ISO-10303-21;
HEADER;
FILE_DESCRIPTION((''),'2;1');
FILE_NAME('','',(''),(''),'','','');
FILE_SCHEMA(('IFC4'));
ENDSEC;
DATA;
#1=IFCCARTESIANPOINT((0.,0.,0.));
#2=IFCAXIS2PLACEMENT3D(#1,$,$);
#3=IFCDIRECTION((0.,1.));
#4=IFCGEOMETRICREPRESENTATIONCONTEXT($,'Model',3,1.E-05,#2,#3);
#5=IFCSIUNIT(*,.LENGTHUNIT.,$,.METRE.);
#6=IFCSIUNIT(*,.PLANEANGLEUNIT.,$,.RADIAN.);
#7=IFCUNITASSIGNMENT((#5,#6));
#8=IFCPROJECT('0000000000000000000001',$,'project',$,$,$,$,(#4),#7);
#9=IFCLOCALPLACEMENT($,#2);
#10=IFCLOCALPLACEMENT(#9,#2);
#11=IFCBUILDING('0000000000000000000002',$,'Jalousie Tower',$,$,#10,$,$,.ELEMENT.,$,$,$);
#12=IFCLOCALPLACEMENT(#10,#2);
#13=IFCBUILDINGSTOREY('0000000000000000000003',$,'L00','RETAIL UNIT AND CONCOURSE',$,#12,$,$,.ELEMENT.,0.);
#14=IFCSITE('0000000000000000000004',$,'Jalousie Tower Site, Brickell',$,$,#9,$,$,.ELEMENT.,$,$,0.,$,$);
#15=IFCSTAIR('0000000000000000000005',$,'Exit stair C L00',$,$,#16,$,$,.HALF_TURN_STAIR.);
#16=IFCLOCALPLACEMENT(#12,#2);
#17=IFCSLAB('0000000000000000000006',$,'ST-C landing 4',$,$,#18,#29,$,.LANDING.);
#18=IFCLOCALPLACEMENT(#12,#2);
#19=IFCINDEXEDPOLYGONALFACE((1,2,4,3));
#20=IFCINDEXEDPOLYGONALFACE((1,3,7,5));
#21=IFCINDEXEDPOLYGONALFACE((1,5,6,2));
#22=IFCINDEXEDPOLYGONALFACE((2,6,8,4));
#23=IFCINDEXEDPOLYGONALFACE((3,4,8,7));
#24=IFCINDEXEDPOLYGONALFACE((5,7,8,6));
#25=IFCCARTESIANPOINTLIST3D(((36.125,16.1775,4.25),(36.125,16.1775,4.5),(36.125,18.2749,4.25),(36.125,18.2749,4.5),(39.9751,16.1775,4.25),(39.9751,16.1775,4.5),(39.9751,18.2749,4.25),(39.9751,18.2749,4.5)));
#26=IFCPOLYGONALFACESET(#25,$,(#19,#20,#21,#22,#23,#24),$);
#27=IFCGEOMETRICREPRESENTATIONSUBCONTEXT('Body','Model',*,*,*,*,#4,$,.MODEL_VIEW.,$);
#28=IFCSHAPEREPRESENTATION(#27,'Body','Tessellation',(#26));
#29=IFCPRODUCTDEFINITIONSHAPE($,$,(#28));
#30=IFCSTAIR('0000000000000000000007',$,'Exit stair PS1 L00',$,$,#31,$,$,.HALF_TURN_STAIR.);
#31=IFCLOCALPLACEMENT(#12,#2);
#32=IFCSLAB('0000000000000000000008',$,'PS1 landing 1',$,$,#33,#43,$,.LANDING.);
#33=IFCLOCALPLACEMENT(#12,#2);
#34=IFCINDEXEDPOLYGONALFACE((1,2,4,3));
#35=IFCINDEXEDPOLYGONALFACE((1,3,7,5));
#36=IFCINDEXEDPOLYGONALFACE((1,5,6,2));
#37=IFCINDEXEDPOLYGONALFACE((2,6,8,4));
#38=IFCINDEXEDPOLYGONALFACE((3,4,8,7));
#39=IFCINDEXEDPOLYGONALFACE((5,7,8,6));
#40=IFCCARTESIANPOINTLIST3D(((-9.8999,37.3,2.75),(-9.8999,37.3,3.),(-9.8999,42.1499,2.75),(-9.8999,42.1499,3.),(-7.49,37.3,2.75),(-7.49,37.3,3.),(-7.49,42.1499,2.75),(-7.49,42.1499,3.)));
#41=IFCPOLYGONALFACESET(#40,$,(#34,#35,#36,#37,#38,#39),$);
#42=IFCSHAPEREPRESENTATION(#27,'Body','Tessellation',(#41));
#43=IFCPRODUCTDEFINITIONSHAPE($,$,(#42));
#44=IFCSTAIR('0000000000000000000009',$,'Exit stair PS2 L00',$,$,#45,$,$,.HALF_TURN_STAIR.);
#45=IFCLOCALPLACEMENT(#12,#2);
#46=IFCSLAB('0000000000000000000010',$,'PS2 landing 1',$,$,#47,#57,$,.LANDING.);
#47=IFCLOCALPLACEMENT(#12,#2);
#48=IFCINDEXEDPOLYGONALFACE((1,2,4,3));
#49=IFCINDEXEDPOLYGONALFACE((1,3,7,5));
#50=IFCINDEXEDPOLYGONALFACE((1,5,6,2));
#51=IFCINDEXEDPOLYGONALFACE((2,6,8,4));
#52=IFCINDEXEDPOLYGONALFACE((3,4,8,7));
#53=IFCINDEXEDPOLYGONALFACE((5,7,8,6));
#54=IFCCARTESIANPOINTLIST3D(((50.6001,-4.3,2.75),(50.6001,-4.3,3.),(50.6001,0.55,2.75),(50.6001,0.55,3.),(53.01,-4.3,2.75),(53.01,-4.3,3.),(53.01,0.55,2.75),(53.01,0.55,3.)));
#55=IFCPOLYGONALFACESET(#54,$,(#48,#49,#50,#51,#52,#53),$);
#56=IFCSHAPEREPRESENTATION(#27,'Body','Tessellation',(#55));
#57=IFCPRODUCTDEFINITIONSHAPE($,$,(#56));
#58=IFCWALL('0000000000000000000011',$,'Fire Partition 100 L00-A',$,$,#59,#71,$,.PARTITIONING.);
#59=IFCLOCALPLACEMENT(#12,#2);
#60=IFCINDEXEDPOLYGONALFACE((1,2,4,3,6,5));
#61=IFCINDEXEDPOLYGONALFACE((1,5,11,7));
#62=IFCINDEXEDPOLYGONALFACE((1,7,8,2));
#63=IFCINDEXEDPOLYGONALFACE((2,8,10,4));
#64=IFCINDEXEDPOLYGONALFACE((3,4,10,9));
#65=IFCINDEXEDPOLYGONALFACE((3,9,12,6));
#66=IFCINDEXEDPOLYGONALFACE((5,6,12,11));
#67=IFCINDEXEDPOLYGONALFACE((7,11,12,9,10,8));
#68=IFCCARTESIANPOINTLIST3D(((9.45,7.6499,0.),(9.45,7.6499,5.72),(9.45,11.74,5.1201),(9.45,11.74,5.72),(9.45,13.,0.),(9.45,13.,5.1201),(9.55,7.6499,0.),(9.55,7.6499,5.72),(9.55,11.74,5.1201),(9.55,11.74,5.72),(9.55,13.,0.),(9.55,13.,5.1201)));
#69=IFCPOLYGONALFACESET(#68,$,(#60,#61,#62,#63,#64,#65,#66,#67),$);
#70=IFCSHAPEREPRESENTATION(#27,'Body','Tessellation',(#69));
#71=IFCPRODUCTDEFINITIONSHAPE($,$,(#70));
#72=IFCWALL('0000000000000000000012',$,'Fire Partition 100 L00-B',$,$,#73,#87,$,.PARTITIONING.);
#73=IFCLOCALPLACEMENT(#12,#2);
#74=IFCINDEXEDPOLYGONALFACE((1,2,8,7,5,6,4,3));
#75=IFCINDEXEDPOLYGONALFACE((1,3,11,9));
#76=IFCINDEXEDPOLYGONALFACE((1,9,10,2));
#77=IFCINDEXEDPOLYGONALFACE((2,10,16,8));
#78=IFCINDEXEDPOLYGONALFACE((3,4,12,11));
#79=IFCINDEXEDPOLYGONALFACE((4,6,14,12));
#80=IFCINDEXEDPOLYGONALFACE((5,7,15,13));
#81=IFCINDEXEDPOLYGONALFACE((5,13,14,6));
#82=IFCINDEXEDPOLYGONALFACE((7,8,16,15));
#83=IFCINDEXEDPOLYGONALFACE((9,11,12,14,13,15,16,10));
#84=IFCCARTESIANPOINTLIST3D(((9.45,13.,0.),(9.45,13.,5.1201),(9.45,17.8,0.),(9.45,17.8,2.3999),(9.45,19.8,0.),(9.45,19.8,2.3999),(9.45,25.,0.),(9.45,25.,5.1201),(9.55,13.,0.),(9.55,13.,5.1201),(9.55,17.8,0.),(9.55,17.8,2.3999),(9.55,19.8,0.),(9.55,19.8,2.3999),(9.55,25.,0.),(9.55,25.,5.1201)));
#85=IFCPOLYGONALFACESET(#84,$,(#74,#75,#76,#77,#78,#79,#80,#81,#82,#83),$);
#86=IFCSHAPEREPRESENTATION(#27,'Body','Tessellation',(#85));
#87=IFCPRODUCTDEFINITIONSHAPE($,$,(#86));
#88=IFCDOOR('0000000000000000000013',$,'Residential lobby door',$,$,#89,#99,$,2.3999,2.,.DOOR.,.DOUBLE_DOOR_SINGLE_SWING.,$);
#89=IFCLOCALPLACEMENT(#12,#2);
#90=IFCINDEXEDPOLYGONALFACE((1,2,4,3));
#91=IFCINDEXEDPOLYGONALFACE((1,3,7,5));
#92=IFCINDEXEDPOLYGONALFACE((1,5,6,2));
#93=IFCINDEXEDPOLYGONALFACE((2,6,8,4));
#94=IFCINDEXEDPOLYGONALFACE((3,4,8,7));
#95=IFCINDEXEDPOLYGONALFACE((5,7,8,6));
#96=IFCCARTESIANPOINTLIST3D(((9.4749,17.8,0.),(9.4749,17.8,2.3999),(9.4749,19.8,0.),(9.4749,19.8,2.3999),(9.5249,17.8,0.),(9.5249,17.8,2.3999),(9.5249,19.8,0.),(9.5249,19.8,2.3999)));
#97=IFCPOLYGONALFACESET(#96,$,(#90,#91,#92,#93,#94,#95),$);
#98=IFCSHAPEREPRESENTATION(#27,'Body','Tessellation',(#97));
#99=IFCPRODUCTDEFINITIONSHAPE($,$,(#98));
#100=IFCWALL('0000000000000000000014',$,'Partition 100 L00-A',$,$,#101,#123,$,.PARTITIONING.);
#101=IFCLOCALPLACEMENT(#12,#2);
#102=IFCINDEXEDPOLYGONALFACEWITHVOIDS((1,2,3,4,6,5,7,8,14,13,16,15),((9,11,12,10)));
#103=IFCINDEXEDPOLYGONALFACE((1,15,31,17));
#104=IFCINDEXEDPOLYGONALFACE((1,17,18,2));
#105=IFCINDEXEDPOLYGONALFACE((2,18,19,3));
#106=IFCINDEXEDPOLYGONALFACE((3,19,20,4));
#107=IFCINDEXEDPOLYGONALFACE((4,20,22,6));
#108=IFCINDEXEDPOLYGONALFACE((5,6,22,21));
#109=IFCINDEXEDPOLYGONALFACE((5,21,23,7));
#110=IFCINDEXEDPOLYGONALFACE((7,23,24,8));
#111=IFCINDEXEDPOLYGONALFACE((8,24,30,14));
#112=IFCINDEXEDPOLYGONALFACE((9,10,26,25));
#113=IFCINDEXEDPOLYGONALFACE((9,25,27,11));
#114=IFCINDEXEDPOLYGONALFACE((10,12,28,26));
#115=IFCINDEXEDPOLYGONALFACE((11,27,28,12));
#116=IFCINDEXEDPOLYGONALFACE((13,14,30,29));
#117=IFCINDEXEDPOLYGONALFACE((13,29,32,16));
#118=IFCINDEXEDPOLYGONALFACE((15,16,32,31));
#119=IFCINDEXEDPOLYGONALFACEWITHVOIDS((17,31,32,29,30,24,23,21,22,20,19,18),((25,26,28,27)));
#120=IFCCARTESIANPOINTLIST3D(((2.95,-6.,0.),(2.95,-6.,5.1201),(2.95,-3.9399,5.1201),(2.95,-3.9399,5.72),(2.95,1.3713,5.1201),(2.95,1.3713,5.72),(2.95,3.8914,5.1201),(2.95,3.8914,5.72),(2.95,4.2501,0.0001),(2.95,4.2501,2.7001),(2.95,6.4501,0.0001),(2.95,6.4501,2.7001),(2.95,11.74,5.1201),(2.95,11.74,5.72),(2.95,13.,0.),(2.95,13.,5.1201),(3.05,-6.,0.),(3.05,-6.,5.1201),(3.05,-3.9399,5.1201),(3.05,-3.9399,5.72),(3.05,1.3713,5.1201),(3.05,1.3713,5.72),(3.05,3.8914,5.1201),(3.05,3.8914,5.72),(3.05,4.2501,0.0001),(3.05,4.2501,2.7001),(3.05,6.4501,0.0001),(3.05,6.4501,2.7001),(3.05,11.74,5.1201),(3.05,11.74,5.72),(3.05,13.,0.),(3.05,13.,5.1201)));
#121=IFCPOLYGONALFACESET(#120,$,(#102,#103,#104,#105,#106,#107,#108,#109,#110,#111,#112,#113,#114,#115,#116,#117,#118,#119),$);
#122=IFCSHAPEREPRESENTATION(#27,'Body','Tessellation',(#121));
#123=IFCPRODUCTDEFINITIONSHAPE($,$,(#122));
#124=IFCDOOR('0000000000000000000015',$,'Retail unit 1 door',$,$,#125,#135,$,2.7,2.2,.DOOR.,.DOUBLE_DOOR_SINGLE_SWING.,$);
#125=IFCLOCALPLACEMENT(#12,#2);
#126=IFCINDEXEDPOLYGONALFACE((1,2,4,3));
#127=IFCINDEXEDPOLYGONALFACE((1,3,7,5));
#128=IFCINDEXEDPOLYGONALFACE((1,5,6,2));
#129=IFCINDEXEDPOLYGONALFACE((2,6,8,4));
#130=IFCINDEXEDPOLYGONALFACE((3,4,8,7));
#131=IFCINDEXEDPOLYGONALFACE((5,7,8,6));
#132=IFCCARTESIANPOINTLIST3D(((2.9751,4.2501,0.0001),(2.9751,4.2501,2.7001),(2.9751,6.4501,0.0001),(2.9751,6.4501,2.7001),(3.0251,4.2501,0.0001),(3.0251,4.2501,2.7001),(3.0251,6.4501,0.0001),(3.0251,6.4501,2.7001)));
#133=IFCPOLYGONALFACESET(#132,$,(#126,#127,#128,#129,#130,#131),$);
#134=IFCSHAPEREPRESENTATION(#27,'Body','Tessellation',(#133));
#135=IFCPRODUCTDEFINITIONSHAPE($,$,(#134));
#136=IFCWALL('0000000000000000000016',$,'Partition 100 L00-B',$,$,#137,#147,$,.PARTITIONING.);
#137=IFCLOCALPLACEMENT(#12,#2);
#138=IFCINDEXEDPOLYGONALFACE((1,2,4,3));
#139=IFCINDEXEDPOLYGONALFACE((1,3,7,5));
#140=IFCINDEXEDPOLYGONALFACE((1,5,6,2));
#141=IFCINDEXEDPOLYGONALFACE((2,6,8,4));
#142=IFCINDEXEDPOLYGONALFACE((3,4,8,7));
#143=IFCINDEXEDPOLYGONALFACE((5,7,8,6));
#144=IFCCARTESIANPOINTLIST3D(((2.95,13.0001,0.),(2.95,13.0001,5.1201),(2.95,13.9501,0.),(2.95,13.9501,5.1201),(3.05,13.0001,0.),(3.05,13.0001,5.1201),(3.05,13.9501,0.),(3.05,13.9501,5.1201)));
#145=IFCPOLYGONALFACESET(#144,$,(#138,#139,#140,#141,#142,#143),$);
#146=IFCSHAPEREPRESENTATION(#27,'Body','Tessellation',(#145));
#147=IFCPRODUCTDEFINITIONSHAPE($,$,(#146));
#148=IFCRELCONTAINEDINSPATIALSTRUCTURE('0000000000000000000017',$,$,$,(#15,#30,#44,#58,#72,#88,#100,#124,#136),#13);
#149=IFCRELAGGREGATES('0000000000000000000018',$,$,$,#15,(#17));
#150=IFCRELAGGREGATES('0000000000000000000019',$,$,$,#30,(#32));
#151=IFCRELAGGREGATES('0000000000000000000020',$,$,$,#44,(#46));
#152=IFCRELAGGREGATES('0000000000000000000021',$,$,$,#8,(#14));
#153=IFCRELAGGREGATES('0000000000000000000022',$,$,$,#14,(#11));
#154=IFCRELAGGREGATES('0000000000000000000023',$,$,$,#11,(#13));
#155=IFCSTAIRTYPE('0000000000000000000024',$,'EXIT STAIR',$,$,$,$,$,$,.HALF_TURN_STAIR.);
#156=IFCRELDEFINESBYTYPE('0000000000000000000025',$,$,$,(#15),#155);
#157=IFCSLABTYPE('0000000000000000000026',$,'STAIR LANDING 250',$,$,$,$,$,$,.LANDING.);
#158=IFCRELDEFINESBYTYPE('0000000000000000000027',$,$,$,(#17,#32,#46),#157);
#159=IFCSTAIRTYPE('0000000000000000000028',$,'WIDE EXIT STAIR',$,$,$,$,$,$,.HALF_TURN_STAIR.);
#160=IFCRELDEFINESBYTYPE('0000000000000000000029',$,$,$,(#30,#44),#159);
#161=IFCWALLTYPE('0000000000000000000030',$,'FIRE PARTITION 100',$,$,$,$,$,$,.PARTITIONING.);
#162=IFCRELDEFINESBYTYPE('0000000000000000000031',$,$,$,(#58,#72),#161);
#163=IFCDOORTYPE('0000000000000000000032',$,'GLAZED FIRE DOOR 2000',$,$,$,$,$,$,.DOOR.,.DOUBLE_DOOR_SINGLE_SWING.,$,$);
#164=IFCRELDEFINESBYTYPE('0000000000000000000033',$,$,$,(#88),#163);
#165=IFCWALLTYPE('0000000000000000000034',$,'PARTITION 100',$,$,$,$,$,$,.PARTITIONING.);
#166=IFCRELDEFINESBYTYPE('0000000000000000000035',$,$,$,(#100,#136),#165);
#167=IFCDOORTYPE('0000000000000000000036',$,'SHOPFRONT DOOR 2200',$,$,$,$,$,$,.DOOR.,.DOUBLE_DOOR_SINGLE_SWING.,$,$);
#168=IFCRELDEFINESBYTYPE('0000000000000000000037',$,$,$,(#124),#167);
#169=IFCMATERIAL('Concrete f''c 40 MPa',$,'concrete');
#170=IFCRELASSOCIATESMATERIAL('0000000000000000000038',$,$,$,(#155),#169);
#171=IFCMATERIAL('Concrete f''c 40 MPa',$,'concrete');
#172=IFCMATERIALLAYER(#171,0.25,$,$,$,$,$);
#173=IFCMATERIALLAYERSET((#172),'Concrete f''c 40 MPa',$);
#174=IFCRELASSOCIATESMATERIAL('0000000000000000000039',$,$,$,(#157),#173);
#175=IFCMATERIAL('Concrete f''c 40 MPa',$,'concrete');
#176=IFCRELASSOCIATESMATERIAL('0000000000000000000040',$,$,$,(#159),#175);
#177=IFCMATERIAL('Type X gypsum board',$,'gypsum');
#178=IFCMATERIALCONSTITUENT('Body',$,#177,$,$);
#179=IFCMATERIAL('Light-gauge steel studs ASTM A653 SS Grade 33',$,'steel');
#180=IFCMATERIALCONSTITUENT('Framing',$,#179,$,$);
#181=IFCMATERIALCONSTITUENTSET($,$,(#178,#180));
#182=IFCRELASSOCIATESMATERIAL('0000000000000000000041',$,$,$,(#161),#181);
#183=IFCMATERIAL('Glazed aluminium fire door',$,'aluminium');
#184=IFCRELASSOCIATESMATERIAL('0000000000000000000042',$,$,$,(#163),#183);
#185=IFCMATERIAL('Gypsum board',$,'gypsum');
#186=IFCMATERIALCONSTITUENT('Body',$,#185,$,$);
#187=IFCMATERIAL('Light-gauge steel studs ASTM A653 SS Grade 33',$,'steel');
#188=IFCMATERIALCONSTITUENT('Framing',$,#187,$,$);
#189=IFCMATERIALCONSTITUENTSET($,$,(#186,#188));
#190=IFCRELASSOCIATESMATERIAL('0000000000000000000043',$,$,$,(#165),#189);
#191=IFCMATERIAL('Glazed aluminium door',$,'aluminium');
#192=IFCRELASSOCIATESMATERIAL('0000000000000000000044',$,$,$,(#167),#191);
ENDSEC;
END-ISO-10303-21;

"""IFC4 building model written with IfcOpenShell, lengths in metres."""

from ifc_helpers import new_model, si_unit, direction, frame, frame_2d, origin, place, context, subcontext, project, spatial, polyline, rectangle, outline, extrude, material, layer, layer_set, constituent, constituent_set, type_object, element, fill, aggregate, save


model = new_model("IFC4")

# Units and contexts
model_context = context("Model", 3, precision=1e-05, world=origin(), true_north=direction((0.0, 1.0)))
body_context = subcontext(model_context, "Body", "Model", "MODEL_VIEW")
ifc_project = project(units=[si_unit("LENGTHUNIT", "METRE"), si_unit("PLANEANGLEUNIT", "RADIAN")], contexts=[model_context])

# Site, building, storey
site_placement = place(None, origin())
site = spatial("IfcSite", under=ifc_project, at=site_placement, Name="Jalousie Tower Site, Brickell", CompositionType="ELEMENT", RefElevation=0.0)
building_placement = place(site_placement, origin())
building = spatial("IfcBuilding", under=site, at=building_placement, Name="Jalousie Tower", CompositionType="ELEMENT")
storey_placement = place(building_placement, origin())
storey = spatial("IfcBuildingStorey", under=building, at=storey_placement, Name="L00", Description="RETAIL UNIT AND CONCOURSE", CompositionType="ELEMENT", Elevation=0.0)

# Stair, slab
ifc_material_1 = material(Name="Concrete f'c 40 MPa", Category="concrete")
stair_type_1 = type_object("IfcStairType", Name="EXIT STAIR", PredefinedType="HALF_TURN_STAIR", material=ifc_material_1)
stair_1_placement = place(storey_placement, origin())
stair_1 = element("IfcStair", 1, at=stair_1_placement, inside=storey, type_object=stair_type_1, Name="Exit stair C L00", PredefinedType="HALF_TURN_STAIR")
ifc_material_2 = material(Name="Concrete f'c 40 MPa", Category="concrete")
ifc_layer_1 = layer(ifc_material_2, 0.25)
ifc_layer_set_1 = layer_set([ifc_layer_1], Name="Concrete f'c 40 MPa")
slab_type_1 = type_object("IfcSlabType", Name="STAIR LANDING 250", PredefinedType="LANDING", material=ifc_layer_set_1)
slab_1_placement = place(storey_placement, frame((0.0, 0.0, 4.25)))
slab_1 = element("IfcSlab", 2, at=slab_1_placement, type_object=slab_type_1, Name="ST-C landing 4", PredefinedType="LANDING", context=body_context, shape_type="SweptSolid", body=[
    extrude(outline(polyline([(36.125, 16.1775), (39.9751, 16.1775), (39.9751, 18.2749), (36.125, 18.2749), (36.125, 16.1775)])), origin(), (0.0, 0.0, 1.0), 0.25),
])
aggregate(stair_1, [slab_1])

# Stairs, slabs
ifc_material_3 = material(Name="Concrete f'c 40 MPa", Category="concrete")
stair_type_2 = type_object("IfcStairType", Name="WIDE EXIT STAIR", PredefinedType="HALF_TURN_STAIR", material=ifc_material_3)
stair_2_placement = place(storey_placement, origin())
stair_2 = element("IfcStair", 3, at=stair_2_placement, inside=storey, type_object=stair_type_2, Name="Exit stair PS1 L00", PredefinedType="HALF_TURN_STAIR")
slab_2_placement = place(storey_placement, frame((0.0, 0.0, 2.75)))
slab_2 = element("IfcSlab", 4, at=slab_2_placement, type_object=slab_type_1, Name="PS1 landing 1", PredefinedType="LANDING", context=body_context, shape_type="SweptSolid", body=[
    extrude(outline(polyline([(-7.49, 42.1499), (-9.8999, 42.1499), (-9.8999, 37.3), (-7.49, 37.3), (-7.49, 42.1499)])), origin(), (0.0, 0.0, 1.0), 0.25),
])
aggregate(stair_2, [slab_2])
stair_3_placement = place(storey_placement, origin())
stair_3 = element("IfcStair", 5, at=stair_3_placement, inside=storey, type_object=stair_type_2, Name="Exit stair PS2 L00", PredefinedType="HALF_TURN_STAIR")
slab_3_placement = place(storey_placement, frame((0.0, 0.0, 2.75)))
slab_3 = element("IfcSlab", 6, at=slab_3_placement, type_object=slab_type_1, Name="PS2 landing 1", PredefinedType="LANDING", context=body_context, shape_type="SweptSolid", body=[
    extrude(outline(polyline([(53.01, 0.55), (50.6001, 0.55), (50.6001, -4.3), (53.01, -4.3), (53.01, 0.55)])), origin(), (0.0, 0.0, 1.0), 0.25),
])
aggregate(stair_3, [slab_3])

# Wall
ifc_material_4 = material(Name="Type X gypsum board", Category="gypsum")
ifc_constituent_1 = constituent(ifc_material_4, Name="Body")
ifc_material_5 = material(Name="Light-gauge steel studs ASTM A653 SS Grade 33", Category="steel")
ifc_constituent_2 = constituent(ifc_material_5, Name="Framing")
ifc_constituent_set_1 = constituent_set(constituents=[ifc_constituent_1, ifc_constituent_2])
wall_type_1 = type_object("IfcWallType", Name="FIRE PARTITION 100", PredefinedType="PARTITIONING", material=ifc_constituent_set_1)
wall_1_placement = place(storey_placement, frame((9.5, 7.6499, 0.0), z_axis=(0.0, 0.0, 1.0), x_axis=(0.0, 1.0, 0.0)))
element("IfcWall", 7, at=wall_1_placement, inside=storey, type_object=wall_type_1, Name="Fire Partition 100 L00-A", PredefinedType="PARTITIONING", context=body_context, shape_type="SweptSolid", body=[
    extrude(outline(polyline([(0.0, 0.0), (5.3501, 0.0), (5.3501, 5.1201), (4.0901, 5.1201), (4.0901, 5.72), (0.0, 5.72), (0.0, 0.0)])), frame((0.0, 0.05, 0.0), z_axis=(0.0, -1.0, 0.0), x_axis=(1.0, 0.0, 0.0)), (0.0, 0.0, 1.0), 0.1001),
])

# Walls, openings, doors
wall_2_placement = place(storey_placement, frame((9.5, 13.0, 0.0), z_axis=(0.0, 0.0, 1.0), x_axis=(0.0, 1.0, 0.0)))
wall_2 = element("IfcWall", 8, at=wall_2_placement, inside=storey, type_object=wall_type_1, Name="Fire Partition 100 L00-B", PredefinedType="PARTITIONING", context=body_context, shape_type="SweptSolid", body=[
    extrude(rectangle(XDim=12.0, YDim=0.1001, at=frame_2d((6.0, 0.0))), origin(), (0.0, 0.0, 1.0), 5.1201),
])
opening_1_placement = place(wall_2_placement, frame((4.8, 0.0, 0.0)))
opening_1 = element("IfcOpeningElement", 9, at=opening_1_placement, cuts=wall_2, PredefinedType="OPENING", context=body_context, shape_type="SweptSolid", body=[
    extrude(rectangle(XDim=2.0, YDim=2.3999, at=frame_2d((1.0, 1.2))), frame((0.0, 0.0601, 0.0), z_axis=(0.0, -1.0, 0.0), x_axis=(1.0, 0.0, 0.0)), (0.0, 0.0, 1.0), 0.1201),
])
ifc_material_6 = material(Name="Glazed aluminium fire door", Category="aluminium")
door_type_1 = type_object("IfcDoorType", Name="GLAZED FIRE DOOR 2000", OperationType="DOUBLE_DOOR_SINGLE_SWING", PredefinedType="DOOR", material=ifc_material_6)
door_1_placement = place(opening_1_placement, frame((2.0, 0.0, 0.0), z_axis=(0.0, 0.0, 1.0), x_axis=(-1.0, 0.0, 0.0)))
door_1 = element("IfcDoor", 10, at=door_1_placement, inside=storey, type_object=door_type_1, Name="Residential lobby door", OperationType="DOUBLE_DOOR_SINGLE_SWING", OverallHeight=2.3999, OverallWidth=2.0, PredefinedType="DOOR", context=body_context, shape_type="SweptSolid", body=[
    extrude(rectangle(XDim=2.0, YDim=2.3999, at=frame_2d((1.0, 1.2))), frame((0.0, 0.0249, 0.0), z_axis=(0.0, -1.0, 0.0), x_axis=(1.0, 0.0, 0.0)), (0.0, 0.0, 1.0), 0.05),
])
fill(opening_1, door_1)
ifc_material_7 = material(Name="Gypsum board", Category="gypsum")
ifc_constituent_3 = constituent(ifc_material_7, Name="Body")
ifc_material_8 = material(Name="Light-gauge steel studs ASTM A653 SS Grade 33", Category="steel")
ifc_constituent_4 = constituent(ifc_material_8, Name="Framing")
ifc_constituent_set_2 = constituent_set(constituents=[ifc_constituent_3, ifc_constituent_4])
wall_type_2 = type_object("IfcWallType", Name="PARTITION 100", PredefinedType="PARTITIONING", material=ifc_constituent_set_2)
wall_3_placement = place(storey_placement, frame((3.0, -6.0, 0.0), z_axis=(0.0, 0.0, 1.0), x_axis=(0.0, 1.0, 0.0)))
wall_3 = element("IfcWall", 11, at=wall_3_placement, inside=storey, type_object=wall_type_2, Name="Partition 100 L00-A", PredefinedType="PARTITIONING", context=body_context, shape_type="SweptSolid", body=[
    extrude(outline(polyline([(0.0, 0.0), (19.0, 0.0), (19.0, 5.1201), (17.74, 5.1201), (17.74, 5.72), (9.8914, 5.72), (9.8914, 5.1201), (7.3713, 5.1201), (7.3713, 5.72), (2.0601, 5.72), (2.0601, 5.1201), (0.0, 5.1201), (0.0, 0.0)])), frame((0.0, 0.05, 0.0), z_axis=(0.0, -1.0, 0.0), x_axis=(1.0, 0.0, 0.0)), (0.0, 0.0, 1.0), 0.1001),
])
opening_2_placement = place(wall_3_placement, frame((10.25, 0.0, 0.0)))
opening_2 = element("IfcOpeningElement", 12, at=opening_2_placement, cuts=wall_3, PredefinedType="OPENING", context=body_context, shape_type="SweptSolid", body=[
    extrude(rectangle(XDim=2.2, YDim=2.7, at=frame_2d((1.1001, 1.3501))), frame((0.0, 0.0601, 0.0), z_axis=(0.0, -1.0, 0.0), x_axis=(1.0, 0.0, 0.0)), (0.0, 0.0, 1.0), 0.1201),
])
ifc_material_9 = material(Name="Glazed aluminium door", Category="aluminium")
door_type_2 = type_object("IfcDoorType", Name="SHOPFRONT DOOR 2200", OperationType="DOUBLE_DOOR_SINGLE_SWING", PredefinedType="DOOR", material=ifc_material_9)
door_2_placement = place(opening_2_placement, origin())
door_2 = element("IfcDoor", 13, at=door_2_placement, inside=storey, type_object=door_type_2, Name="Retail unit 1 door", OperationType="DOUBLE_DOOR_SINGLE_SWING", OverallHeight=2.7, OverallWidth=2.2, PredefinedType="DOOR", context=body_context, shape_type="SweptSolid", body=[
    extrude(rectangle(XDim=2.2, YDim=2.7, at=frame_2d((1.1001, 1.3501))), frame((0.0, 0.0249, 0.0), z_axis=(0.0, -1.0, 0.0), x_axis=(1.0, 0.0, 0.0)), (0.0, 0.0, 1.0), 0.05),
])
fill(opening_2, door_2)

# Wall
wall_4_placement = place(storey_placement, frame((3.0, 13.0, 0.0), z_axis=(0.0, 0.0, 1.0), x_axis=(0.0, 1.0, 0.0)))
element("IfcWall", 14, at=wall_4_placement, inside=storey, type_object=wall_type_2, Name="Partition 100 L00-B", PredefinedType="PARTITIONING", context=body_context, shape_type="SweptSolid", body=[
    extrude(rectangle(XDim=0.95, YDim=0.1001, at=frame_2d((0.4751, 0.0))), origin(), (0.0, 0.0, 1.0), 5.1201),
])

save(model, "model.ifc")
